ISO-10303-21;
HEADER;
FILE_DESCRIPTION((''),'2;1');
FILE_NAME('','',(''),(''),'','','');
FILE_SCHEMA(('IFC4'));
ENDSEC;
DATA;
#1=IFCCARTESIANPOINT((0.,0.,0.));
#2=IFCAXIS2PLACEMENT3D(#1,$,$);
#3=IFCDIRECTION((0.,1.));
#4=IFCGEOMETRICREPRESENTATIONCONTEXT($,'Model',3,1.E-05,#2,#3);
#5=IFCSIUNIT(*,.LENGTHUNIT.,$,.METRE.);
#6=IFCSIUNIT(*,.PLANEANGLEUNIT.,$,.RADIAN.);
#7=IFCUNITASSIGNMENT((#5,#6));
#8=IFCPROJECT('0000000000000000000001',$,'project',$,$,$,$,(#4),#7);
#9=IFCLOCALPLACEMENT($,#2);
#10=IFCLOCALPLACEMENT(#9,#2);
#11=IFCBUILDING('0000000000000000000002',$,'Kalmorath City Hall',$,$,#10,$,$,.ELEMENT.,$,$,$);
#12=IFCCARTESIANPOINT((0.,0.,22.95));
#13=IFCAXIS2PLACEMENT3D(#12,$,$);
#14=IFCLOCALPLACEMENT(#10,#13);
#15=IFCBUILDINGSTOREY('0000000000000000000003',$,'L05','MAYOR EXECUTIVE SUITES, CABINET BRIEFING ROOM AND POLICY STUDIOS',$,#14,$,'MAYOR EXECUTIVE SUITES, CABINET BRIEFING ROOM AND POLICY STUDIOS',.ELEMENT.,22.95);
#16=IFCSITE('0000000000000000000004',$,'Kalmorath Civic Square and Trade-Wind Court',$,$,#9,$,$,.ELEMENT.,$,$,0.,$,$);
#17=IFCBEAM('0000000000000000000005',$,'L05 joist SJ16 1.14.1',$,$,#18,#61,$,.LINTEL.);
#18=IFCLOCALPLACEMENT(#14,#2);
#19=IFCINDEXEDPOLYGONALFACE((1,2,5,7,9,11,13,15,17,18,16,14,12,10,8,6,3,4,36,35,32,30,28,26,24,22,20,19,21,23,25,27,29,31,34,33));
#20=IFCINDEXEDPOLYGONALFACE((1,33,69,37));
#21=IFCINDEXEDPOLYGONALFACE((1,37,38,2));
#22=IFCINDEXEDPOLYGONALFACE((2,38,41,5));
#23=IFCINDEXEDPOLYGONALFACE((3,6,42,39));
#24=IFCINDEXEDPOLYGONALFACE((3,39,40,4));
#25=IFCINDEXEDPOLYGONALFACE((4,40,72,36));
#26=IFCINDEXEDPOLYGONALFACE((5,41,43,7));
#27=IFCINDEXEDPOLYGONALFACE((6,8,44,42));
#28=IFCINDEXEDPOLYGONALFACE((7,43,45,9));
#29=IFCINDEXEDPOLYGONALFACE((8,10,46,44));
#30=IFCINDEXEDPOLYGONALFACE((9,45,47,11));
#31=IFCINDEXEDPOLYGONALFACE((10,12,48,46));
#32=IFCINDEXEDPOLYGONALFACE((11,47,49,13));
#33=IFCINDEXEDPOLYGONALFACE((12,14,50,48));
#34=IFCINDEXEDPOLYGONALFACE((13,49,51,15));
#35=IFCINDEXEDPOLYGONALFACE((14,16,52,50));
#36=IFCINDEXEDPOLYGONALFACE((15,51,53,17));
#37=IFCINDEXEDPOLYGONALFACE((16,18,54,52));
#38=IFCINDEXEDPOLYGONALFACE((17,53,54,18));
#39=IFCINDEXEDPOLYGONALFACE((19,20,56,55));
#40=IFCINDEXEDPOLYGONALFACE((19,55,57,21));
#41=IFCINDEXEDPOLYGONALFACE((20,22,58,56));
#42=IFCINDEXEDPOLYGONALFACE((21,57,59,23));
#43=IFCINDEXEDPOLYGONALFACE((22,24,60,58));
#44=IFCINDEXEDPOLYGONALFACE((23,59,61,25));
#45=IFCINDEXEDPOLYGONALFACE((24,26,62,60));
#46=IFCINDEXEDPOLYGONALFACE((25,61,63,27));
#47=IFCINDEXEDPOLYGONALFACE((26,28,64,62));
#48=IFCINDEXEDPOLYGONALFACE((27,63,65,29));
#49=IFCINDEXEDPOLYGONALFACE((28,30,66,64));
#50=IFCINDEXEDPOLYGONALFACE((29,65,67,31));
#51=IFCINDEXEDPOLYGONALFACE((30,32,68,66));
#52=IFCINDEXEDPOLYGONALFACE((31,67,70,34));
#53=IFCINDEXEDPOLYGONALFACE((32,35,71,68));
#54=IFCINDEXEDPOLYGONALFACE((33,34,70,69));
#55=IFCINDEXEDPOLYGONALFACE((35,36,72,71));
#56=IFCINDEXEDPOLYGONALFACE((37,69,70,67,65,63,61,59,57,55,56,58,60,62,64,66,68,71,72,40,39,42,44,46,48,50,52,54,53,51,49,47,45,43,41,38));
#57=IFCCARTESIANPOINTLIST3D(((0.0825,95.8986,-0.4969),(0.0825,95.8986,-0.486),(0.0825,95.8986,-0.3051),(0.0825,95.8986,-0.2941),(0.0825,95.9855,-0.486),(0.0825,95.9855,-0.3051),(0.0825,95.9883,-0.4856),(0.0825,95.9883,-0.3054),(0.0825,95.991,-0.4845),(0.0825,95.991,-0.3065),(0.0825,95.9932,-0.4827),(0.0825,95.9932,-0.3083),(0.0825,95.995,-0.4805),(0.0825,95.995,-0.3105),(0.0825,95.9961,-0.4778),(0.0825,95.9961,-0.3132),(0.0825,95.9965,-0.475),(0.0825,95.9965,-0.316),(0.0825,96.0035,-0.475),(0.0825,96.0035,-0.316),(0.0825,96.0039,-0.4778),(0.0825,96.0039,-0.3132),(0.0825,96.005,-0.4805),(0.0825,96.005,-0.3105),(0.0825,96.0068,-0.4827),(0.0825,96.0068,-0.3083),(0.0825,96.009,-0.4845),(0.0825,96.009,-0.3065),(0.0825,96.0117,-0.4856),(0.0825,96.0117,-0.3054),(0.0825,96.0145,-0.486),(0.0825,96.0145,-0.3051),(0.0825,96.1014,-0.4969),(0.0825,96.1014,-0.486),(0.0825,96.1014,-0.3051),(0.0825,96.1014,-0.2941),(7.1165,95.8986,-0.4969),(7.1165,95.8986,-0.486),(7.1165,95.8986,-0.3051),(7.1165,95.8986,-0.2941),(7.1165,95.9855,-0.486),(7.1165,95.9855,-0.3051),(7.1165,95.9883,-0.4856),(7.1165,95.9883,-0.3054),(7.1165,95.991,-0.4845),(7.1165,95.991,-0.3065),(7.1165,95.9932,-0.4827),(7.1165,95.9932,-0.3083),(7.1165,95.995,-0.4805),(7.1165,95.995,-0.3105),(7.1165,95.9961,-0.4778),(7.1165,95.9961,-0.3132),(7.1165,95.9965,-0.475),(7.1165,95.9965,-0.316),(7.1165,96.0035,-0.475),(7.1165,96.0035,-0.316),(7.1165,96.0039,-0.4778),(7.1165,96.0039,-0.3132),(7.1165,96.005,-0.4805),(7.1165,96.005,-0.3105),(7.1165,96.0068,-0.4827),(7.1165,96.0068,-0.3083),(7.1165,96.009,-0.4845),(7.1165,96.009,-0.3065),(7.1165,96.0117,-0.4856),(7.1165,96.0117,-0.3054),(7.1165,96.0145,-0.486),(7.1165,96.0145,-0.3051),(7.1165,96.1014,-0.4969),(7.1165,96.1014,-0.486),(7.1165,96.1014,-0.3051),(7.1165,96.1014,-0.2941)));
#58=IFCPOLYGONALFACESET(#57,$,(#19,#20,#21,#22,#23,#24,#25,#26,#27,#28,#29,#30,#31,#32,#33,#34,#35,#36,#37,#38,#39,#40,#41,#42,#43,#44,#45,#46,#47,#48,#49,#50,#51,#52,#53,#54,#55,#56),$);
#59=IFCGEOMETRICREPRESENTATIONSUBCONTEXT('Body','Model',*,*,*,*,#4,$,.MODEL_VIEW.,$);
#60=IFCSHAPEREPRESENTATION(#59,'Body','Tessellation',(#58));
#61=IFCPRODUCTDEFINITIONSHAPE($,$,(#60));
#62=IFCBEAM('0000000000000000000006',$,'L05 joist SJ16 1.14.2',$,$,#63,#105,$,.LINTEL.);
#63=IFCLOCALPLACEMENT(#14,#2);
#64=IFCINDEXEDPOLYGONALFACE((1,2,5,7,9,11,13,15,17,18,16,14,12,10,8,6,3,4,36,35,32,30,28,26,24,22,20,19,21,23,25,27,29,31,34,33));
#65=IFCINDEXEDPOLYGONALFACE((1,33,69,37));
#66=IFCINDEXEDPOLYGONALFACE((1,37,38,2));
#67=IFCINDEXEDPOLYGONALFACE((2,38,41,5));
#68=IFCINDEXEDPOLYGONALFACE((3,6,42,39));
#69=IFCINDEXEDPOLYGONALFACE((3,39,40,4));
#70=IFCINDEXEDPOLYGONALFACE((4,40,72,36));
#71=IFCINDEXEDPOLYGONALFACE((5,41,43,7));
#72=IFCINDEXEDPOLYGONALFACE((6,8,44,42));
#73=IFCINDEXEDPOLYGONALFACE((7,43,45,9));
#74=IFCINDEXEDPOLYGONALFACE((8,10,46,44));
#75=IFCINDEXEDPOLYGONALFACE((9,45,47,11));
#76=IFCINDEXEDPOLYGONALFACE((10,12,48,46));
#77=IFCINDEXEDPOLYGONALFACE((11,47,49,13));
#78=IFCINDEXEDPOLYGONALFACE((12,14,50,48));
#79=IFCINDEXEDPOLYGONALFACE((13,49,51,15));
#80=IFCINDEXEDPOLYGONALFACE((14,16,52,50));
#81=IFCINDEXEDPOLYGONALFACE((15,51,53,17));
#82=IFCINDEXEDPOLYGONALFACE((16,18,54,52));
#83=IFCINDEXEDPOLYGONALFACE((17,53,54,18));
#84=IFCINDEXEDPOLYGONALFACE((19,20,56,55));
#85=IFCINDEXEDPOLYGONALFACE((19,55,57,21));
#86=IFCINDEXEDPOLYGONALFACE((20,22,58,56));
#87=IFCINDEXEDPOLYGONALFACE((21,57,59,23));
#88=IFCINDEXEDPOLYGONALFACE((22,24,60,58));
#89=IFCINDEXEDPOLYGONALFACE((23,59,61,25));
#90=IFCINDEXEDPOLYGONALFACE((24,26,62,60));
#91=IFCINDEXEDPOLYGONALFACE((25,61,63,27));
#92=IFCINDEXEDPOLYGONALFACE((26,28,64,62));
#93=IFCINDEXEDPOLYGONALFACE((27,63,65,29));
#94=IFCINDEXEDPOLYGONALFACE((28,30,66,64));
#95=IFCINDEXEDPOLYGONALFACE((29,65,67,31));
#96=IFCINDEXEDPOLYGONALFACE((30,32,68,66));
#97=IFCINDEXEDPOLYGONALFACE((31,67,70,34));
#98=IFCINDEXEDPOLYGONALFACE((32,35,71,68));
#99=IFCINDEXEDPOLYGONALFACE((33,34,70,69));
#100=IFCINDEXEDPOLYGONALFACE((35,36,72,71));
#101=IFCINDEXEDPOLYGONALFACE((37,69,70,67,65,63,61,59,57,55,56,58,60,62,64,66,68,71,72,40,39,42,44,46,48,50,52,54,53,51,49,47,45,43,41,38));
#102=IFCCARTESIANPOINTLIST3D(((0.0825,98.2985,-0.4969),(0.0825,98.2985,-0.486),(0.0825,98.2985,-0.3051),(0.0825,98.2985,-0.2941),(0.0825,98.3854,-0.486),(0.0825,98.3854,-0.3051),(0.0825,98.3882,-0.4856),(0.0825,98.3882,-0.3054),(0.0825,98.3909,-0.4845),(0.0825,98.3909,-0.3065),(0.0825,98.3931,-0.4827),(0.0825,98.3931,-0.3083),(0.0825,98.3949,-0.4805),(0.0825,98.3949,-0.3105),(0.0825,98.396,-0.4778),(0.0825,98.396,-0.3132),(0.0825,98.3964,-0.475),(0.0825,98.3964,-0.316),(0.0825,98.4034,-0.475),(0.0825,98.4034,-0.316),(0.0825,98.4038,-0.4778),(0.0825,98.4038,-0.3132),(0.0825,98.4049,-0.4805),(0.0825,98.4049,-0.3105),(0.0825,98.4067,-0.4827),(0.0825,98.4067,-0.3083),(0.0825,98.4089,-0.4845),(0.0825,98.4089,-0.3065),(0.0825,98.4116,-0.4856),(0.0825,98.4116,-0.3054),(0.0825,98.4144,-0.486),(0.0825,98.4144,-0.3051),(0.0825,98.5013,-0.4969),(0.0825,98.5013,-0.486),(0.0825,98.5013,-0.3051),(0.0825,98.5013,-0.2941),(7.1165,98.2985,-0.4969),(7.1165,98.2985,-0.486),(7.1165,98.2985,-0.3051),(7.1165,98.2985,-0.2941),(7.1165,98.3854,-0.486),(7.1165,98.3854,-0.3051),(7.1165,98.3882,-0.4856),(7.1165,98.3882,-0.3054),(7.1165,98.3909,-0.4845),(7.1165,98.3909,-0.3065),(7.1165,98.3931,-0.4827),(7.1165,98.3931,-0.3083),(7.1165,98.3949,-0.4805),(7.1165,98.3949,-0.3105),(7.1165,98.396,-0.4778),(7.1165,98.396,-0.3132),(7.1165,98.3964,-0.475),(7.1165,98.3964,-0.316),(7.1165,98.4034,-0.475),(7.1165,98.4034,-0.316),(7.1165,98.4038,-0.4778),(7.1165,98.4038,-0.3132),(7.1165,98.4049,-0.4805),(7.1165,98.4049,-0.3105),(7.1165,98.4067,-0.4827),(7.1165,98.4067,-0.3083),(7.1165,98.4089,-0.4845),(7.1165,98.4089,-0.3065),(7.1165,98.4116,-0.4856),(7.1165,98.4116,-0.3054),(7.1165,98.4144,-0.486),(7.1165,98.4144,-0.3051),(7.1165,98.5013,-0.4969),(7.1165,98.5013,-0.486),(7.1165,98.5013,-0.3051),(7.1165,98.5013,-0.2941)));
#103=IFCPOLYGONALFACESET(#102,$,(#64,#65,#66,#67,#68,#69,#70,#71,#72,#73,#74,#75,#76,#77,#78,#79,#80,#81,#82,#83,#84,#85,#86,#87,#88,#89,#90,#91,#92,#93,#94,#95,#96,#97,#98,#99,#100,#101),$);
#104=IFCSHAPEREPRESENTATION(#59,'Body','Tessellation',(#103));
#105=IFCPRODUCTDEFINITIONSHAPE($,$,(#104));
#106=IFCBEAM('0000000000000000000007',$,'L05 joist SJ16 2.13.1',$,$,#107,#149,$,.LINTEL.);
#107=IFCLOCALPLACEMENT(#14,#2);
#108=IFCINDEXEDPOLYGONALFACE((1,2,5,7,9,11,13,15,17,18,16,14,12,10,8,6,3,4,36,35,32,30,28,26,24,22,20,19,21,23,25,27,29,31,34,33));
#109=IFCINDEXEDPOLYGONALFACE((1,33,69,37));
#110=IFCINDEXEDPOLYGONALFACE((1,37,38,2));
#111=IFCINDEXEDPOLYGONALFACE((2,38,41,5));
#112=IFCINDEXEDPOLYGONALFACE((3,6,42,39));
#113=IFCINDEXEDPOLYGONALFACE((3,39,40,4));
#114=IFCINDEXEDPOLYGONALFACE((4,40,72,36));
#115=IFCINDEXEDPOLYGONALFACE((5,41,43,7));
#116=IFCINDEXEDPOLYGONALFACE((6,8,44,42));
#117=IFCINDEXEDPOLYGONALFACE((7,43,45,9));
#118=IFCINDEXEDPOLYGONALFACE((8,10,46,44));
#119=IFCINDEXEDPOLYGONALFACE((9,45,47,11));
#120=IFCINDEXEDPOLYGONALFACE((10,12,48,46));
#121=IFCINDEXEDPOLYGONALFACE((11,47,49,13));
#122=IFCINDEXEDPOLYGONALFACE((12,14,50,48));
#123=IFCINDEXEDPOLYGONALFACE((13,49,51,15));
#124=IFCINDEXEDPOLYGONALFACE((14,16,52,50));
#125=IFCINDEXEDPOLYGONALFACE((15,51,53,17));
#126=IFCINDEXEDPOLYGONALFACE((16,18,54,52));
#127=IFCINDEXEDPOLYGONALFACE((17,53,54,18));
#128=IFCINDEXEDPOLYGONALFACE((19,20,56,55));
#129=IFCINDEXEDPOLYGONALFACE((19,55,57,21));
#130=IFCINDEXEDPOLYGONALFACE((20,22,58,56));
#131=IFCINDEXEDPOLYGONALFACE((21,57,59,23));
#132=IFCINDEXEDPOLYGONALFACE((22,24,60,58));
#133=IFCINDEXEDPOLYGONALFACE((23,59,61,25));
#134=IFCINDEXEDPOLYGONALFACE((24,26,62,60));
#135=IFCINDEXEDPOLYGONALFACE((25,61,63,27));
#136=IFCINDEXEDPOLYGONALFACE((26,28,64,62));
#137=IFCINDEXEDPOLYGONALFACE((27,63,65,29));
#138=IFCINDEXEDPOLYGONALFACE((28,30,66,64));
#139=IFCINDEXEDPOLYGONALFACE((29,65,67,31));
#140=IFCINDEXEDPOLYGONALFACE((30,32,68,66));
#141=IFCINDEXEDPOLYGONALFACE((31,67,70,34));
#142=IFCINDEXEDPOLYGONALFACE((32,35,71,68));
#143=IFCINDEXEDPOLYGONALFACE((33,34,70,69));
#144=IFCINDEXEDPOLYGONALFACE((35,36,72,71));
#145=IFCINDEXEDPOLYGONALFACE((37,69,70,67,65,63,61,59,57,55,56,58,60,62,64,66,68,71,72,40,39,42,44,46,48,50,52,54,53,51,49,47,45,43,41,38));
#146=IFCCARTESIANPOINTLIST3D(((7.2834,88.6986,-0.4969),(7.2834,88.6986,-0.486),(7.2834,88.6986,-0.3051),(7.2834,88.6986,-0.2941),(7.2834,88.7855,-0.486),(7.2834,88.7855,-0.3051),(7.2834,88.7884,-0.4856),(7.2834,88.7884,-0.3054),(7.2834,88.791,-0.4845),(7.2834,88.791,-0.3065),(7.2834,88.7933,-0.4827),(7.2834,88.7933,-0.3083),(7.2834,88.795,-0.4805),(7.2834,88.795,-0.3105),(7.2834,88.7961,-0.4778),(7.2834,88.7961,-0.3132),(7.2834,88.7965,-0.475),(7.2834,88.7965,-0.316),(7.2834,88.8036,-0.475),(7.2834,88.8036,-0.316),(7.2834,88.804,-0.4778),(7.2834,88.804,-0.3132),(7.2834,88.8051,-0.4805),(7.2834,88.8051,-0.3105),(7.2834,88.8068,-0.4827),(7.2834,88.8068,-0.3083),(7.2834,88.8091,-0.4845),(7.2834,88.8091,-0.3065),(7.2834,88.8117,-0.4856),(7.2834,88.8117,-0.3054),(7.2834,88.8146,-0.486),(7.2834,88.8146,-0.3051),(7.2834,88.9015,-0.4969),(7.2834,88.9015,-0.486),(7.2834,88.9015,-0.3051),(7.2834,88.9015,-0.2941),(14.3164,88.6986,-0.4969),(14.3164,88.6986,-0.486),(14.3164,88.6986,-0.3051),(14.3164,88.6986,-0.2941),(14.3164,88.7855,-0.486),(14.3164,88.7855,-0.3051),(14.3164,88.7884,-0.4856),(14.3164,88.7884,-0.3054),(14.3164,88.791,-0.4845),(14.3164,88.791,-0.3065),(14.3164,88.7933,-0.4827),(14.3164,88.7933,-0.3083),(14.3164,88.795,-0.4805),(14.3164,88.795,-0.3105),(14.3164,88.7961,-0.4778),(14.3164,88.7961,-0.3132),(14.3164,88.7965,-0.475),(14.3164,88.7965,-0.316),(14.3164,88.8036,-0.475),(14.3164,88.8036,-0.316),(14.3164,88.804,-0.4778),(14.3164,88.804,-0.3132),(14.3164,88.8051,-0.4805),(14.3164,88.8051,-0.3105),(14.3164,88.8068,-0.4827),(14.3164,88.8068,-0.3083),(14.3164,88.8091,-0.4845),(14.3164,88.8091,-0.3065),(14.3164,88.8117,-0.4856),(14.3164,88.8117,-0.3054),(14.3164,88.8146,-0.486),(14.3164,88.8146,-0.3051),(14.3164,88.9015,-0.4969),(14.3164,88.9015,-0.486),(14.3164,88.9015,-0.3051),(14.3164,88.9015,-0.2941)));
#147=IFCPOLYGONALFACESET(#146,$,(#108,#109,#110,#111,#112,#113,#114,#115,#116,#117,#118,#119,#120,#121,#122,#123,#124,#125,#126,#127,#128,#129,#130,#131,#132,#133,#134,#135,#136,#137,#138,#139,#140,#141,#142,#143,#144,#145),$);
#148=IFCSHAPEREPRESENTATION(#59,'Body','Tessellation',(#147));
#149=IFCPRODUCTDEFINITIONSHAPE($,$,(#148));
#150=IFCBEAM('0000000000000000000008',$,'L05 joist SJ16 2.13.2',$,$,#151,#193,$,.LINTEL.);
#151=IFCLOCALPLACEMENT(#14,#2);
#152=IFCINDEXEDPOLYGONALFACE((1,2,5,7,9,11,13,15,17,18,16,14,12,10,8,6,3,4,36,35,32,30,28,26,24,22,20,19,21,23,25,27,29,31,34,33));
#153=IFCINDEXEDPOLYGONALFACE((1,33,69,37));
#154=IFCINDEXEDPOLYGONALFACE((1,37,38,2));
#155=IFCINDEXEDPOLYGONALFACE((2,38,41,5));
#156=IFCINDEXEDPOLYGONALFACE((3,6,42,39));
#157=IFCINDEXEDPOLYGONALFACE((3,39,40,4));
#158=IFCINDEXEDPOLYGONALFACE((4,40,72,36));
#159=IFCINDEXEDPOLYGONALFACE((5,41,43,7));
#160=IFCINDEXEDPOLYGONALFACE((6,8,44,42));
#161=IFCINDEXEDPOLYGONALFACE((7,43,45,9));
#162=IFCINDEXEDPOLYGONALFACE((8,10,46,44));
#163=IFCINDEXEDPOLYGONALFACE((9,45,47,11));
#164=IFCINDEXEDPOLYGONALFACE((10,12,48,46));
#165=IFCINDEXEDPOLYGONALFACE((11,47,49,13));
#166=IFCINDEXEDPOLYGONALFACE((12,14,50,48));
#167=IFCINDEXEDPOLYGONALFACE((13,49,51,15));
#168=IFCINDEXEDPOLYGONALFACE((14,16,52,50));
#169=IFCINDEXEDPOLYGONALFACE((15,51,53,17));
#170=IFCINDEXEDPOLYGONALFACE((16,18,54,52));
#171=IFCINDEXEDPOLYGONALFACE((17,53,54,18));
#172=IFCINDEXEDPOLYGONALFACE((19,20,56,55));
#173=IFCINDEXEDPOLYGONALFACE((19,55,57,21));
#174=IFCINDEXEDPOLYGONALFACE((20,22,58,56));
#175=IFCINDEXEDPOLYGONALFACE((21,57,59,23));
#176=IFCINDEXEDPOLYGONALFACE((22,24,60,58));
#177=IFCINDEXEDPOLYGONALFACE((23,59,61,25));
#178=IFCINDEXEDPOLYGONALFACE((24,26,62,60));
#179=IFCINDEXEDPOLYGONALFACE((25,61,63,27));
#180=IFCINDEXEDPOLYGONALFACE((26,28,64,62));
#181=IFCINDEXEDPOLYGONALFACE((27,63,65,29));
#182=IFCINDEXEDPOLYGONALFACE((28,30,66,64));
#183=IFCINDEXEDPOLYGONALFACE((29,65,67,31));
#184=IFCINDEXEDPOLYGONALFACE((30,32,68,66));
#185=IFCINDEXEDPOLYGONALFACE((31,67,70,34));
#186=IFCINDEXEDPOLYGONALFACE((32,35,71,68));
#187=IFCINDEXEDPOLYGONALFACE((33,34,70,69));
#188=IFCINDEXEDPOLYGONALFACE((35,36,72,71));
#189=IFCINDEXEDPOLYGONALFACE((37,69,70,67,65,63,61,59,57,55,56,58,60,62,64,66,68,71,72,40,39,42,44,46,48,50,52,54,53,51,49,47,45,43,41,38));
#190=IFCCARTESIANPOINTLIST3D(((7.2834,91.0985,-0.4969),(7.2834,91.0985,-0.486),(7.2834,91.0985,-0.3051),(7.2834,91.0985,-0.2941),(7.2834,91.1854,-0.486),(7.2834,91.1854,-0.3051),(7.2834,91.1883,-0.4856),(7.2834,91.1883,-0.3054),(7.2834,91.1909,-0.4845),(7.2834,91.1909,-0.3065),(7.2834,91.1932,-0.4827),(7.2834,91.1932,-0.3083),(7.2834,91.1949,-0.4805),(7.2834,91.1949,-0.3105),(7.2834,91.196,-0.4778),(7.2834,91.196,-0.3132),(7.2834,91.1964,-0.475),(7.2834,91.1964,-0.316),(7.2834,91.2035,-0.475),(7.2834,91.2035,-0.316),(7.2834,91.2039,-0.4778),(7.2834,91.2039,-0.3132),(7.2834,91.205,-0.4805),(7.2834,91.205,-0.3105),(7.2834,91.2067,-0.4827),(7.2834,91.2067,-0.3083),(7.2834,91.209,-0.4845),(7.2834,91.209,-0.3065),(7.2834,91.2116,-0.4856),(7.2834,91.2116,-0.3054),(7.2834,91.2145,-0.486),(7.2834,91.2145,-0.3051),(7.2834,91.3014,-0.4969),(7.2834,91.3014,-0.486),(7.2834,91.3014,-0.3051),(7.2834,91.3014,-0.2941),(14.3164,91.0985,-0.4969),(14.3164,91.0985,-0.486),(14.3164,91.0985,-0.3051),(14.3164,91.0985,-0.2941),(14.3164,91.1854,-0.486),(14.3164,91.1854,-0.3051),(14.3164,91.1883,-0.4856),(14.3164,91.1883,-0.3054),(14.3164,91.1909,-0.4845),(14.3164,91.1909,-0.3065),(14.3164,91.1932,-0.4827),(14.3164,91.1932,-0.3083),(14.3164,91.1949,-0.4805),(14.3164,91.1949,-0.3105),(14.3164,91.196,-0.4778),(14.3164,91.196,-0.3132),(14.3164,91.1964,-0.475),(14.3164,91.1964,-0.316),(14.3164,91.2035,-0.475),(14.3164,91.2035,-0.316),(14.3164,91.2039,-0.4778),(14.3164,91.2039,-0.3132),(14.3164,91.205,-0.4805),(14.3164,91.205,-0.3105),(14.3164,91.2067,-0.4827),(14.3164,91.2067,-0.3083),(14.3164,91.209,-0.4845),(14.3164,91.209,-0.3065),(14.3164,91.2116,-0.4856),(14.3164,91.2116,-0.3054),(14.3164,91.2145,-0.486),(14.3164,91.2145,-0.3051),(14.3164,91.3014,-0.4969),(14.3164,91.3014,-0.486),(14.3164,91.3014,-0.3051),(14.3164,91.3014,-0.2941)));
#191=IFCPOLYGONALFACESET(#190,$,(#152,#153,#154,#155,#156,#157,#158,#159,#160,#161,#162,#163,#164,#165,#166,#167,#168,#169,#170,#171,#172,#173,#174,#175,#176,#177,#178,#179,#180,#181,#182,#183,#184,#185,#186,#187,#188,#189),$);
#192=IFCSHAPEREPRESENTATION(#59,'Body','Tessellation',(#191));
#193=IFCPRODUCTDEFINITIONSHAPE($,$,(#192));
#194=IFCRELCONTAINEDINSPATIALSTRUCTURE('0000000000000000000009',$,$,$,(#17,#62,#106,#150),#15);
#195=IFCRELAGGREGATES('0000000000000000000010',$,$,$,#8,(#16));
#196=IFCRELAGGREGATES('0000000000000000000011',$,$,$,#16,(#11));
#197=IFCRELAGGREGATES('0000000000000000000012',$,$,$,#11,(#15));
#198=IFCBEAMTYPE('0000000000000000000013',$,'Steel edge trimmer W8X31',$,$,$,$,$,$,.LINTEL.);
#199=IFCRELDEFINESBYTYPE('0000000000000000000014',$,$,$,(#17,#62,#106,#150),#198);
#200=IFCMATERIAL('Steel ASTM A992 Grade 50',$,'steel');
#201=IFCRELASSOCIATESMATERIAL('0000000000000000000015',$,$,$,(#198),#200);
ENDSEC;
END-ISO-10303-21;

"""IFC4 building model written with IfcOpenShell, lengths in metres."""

from ifc_helpers import new_model, si_unit, direction, frame, origin, origin_2d, place, context, subcontext, project, spatial, i_section, extrude, material, material_profile, profile_set, type_object, element, save


model = new_model("IFC4")

# Units and contexts
model_context = context("Model", 3, precision=1e-05, world=origin(), true_north=direction((0.0, 1.0)))
body_context = subcontext(model_context, "Body", "Model", "MODEL_VIEW")
ifc_project = project(units=[si_unit("LENGTHUNIT", "METRE"), si_unit("PLANEANGLEUNIT", "RADIAN")], contexts=[model_context])

# Site, building, storey
site_placement = place(None, origin())
site = spatial("IfcSite", under=ifc_project, at=site_placement, Name="Kalmorath Civic Square and Trade-Wind Court", CompositionType="ELEMENT", RefElevation=0.0)
building_placement = place(site_placement, origin())
building = spatial("IfcBuilding", under=site, at=building_placement, Name="Kalmorath City Hall", CompositionType="ELEMENT")
storey_placement = place(building_placement, frame((0.0, 0.0, 22.95)))
storey = spatial("IfcBuildingStorey", under=building, at=storey_placement, Name="L05", Description="MAYOR EXECUTIVE SUITES, CABINET BRIEFING ROOM AND POLICY STUDIOS", LongName="MAYOR EXECUTIVE SUITES, CABINET BRIEFING ROOM AND POLICY STUDIOS", CompositionType="ELEMENT", Elevation=22.95)

# Beams
ifc_material_1 = material(Name="Steel ASTM A992 Grade 50", Category="steel")
ifc_material_profile_1 = material_profile(ifc_material_1, i_section(OverallWidth=0.2029, OverallDepth=0.2029, WebThickness=0.0071, FlangeThickness=0.011, FilletRadius=0.011, at=origin_2d()), Name="W8X31")
ifc_profile_set_1 = profile_set([ifc_material_profile_1], Name="Steel ASTM A992 Grade 50")
beam_type_1 = type_object("IfcBeamType", Name="Steel edge trimmer W8X31", PredefinedType="LINTEL", material=ifc_profile_set_1)
for number, where, z_axis, x_axis, name in (
    (1, (0.0825, 96.0, -0.3955), (1.0, 0.0, 0.0), (0.0, 1.0, 0.0), "L05 joist SJ16 1.14.1"),
    (2, (0.0825, 98.3999, -0.3955), (1.0, 0.0, 0.0), (0.0, 1.0, 0.0), "L05 joist SJ16 1.14.2"),
):
    element("IfcBeam", number, at=place(storey_placement, frame(where, z_axis=z_axis, x_axis=x_axis)), inside=storey, type_object=beam_type_1, Name=name, PredefinedType="LINTEL", context=body_context, shape_type="SweptSolid", body=[
        extrude(i_section(OverallWidth=0.2029, OverallDepth=0.2029, WebThickness=0.0071, FlangeThickness=0.011, FilletRadius=0.011, at=origin_2d()), origin(), (0.0, 0.0, 1.0), 7.0339),
    ])
for number, where, z_axis, x_axis, name in (
    (3, (7.2834, 88.8, -0.3955), (1.0, 0.0, 0.0), (0.0, 1.0, 0.0), "L05 joist SJ16 2.13.1"),
    (4, (7.2834, 91.2, -0.3955), (1.0, 0.0, 0.0), (0.0, 1.0, 0.0), "L05 joist SJ16 2.13.2"),
):
    element("IfcBeam", number, at=place(storey_placement, frame(where, z_axis=z_axis, x_axis=x_axis)), inside=storey, type_object=beam_type_1, Name=name, PredefinedType="LINTEL", context=body_context, shape_type="SweptSolid", body=[
        extrude(i_section(OverallWidth=0.2029, OverallDepth=0.2029, WebThickness=0.0071, FlangeThickness=0.011, FilletRadius=0.011, at=origin_2d()), origin(), (0.0, 0.0, 1.0), 7.033),
    ])

save(model, "model.ifc")
